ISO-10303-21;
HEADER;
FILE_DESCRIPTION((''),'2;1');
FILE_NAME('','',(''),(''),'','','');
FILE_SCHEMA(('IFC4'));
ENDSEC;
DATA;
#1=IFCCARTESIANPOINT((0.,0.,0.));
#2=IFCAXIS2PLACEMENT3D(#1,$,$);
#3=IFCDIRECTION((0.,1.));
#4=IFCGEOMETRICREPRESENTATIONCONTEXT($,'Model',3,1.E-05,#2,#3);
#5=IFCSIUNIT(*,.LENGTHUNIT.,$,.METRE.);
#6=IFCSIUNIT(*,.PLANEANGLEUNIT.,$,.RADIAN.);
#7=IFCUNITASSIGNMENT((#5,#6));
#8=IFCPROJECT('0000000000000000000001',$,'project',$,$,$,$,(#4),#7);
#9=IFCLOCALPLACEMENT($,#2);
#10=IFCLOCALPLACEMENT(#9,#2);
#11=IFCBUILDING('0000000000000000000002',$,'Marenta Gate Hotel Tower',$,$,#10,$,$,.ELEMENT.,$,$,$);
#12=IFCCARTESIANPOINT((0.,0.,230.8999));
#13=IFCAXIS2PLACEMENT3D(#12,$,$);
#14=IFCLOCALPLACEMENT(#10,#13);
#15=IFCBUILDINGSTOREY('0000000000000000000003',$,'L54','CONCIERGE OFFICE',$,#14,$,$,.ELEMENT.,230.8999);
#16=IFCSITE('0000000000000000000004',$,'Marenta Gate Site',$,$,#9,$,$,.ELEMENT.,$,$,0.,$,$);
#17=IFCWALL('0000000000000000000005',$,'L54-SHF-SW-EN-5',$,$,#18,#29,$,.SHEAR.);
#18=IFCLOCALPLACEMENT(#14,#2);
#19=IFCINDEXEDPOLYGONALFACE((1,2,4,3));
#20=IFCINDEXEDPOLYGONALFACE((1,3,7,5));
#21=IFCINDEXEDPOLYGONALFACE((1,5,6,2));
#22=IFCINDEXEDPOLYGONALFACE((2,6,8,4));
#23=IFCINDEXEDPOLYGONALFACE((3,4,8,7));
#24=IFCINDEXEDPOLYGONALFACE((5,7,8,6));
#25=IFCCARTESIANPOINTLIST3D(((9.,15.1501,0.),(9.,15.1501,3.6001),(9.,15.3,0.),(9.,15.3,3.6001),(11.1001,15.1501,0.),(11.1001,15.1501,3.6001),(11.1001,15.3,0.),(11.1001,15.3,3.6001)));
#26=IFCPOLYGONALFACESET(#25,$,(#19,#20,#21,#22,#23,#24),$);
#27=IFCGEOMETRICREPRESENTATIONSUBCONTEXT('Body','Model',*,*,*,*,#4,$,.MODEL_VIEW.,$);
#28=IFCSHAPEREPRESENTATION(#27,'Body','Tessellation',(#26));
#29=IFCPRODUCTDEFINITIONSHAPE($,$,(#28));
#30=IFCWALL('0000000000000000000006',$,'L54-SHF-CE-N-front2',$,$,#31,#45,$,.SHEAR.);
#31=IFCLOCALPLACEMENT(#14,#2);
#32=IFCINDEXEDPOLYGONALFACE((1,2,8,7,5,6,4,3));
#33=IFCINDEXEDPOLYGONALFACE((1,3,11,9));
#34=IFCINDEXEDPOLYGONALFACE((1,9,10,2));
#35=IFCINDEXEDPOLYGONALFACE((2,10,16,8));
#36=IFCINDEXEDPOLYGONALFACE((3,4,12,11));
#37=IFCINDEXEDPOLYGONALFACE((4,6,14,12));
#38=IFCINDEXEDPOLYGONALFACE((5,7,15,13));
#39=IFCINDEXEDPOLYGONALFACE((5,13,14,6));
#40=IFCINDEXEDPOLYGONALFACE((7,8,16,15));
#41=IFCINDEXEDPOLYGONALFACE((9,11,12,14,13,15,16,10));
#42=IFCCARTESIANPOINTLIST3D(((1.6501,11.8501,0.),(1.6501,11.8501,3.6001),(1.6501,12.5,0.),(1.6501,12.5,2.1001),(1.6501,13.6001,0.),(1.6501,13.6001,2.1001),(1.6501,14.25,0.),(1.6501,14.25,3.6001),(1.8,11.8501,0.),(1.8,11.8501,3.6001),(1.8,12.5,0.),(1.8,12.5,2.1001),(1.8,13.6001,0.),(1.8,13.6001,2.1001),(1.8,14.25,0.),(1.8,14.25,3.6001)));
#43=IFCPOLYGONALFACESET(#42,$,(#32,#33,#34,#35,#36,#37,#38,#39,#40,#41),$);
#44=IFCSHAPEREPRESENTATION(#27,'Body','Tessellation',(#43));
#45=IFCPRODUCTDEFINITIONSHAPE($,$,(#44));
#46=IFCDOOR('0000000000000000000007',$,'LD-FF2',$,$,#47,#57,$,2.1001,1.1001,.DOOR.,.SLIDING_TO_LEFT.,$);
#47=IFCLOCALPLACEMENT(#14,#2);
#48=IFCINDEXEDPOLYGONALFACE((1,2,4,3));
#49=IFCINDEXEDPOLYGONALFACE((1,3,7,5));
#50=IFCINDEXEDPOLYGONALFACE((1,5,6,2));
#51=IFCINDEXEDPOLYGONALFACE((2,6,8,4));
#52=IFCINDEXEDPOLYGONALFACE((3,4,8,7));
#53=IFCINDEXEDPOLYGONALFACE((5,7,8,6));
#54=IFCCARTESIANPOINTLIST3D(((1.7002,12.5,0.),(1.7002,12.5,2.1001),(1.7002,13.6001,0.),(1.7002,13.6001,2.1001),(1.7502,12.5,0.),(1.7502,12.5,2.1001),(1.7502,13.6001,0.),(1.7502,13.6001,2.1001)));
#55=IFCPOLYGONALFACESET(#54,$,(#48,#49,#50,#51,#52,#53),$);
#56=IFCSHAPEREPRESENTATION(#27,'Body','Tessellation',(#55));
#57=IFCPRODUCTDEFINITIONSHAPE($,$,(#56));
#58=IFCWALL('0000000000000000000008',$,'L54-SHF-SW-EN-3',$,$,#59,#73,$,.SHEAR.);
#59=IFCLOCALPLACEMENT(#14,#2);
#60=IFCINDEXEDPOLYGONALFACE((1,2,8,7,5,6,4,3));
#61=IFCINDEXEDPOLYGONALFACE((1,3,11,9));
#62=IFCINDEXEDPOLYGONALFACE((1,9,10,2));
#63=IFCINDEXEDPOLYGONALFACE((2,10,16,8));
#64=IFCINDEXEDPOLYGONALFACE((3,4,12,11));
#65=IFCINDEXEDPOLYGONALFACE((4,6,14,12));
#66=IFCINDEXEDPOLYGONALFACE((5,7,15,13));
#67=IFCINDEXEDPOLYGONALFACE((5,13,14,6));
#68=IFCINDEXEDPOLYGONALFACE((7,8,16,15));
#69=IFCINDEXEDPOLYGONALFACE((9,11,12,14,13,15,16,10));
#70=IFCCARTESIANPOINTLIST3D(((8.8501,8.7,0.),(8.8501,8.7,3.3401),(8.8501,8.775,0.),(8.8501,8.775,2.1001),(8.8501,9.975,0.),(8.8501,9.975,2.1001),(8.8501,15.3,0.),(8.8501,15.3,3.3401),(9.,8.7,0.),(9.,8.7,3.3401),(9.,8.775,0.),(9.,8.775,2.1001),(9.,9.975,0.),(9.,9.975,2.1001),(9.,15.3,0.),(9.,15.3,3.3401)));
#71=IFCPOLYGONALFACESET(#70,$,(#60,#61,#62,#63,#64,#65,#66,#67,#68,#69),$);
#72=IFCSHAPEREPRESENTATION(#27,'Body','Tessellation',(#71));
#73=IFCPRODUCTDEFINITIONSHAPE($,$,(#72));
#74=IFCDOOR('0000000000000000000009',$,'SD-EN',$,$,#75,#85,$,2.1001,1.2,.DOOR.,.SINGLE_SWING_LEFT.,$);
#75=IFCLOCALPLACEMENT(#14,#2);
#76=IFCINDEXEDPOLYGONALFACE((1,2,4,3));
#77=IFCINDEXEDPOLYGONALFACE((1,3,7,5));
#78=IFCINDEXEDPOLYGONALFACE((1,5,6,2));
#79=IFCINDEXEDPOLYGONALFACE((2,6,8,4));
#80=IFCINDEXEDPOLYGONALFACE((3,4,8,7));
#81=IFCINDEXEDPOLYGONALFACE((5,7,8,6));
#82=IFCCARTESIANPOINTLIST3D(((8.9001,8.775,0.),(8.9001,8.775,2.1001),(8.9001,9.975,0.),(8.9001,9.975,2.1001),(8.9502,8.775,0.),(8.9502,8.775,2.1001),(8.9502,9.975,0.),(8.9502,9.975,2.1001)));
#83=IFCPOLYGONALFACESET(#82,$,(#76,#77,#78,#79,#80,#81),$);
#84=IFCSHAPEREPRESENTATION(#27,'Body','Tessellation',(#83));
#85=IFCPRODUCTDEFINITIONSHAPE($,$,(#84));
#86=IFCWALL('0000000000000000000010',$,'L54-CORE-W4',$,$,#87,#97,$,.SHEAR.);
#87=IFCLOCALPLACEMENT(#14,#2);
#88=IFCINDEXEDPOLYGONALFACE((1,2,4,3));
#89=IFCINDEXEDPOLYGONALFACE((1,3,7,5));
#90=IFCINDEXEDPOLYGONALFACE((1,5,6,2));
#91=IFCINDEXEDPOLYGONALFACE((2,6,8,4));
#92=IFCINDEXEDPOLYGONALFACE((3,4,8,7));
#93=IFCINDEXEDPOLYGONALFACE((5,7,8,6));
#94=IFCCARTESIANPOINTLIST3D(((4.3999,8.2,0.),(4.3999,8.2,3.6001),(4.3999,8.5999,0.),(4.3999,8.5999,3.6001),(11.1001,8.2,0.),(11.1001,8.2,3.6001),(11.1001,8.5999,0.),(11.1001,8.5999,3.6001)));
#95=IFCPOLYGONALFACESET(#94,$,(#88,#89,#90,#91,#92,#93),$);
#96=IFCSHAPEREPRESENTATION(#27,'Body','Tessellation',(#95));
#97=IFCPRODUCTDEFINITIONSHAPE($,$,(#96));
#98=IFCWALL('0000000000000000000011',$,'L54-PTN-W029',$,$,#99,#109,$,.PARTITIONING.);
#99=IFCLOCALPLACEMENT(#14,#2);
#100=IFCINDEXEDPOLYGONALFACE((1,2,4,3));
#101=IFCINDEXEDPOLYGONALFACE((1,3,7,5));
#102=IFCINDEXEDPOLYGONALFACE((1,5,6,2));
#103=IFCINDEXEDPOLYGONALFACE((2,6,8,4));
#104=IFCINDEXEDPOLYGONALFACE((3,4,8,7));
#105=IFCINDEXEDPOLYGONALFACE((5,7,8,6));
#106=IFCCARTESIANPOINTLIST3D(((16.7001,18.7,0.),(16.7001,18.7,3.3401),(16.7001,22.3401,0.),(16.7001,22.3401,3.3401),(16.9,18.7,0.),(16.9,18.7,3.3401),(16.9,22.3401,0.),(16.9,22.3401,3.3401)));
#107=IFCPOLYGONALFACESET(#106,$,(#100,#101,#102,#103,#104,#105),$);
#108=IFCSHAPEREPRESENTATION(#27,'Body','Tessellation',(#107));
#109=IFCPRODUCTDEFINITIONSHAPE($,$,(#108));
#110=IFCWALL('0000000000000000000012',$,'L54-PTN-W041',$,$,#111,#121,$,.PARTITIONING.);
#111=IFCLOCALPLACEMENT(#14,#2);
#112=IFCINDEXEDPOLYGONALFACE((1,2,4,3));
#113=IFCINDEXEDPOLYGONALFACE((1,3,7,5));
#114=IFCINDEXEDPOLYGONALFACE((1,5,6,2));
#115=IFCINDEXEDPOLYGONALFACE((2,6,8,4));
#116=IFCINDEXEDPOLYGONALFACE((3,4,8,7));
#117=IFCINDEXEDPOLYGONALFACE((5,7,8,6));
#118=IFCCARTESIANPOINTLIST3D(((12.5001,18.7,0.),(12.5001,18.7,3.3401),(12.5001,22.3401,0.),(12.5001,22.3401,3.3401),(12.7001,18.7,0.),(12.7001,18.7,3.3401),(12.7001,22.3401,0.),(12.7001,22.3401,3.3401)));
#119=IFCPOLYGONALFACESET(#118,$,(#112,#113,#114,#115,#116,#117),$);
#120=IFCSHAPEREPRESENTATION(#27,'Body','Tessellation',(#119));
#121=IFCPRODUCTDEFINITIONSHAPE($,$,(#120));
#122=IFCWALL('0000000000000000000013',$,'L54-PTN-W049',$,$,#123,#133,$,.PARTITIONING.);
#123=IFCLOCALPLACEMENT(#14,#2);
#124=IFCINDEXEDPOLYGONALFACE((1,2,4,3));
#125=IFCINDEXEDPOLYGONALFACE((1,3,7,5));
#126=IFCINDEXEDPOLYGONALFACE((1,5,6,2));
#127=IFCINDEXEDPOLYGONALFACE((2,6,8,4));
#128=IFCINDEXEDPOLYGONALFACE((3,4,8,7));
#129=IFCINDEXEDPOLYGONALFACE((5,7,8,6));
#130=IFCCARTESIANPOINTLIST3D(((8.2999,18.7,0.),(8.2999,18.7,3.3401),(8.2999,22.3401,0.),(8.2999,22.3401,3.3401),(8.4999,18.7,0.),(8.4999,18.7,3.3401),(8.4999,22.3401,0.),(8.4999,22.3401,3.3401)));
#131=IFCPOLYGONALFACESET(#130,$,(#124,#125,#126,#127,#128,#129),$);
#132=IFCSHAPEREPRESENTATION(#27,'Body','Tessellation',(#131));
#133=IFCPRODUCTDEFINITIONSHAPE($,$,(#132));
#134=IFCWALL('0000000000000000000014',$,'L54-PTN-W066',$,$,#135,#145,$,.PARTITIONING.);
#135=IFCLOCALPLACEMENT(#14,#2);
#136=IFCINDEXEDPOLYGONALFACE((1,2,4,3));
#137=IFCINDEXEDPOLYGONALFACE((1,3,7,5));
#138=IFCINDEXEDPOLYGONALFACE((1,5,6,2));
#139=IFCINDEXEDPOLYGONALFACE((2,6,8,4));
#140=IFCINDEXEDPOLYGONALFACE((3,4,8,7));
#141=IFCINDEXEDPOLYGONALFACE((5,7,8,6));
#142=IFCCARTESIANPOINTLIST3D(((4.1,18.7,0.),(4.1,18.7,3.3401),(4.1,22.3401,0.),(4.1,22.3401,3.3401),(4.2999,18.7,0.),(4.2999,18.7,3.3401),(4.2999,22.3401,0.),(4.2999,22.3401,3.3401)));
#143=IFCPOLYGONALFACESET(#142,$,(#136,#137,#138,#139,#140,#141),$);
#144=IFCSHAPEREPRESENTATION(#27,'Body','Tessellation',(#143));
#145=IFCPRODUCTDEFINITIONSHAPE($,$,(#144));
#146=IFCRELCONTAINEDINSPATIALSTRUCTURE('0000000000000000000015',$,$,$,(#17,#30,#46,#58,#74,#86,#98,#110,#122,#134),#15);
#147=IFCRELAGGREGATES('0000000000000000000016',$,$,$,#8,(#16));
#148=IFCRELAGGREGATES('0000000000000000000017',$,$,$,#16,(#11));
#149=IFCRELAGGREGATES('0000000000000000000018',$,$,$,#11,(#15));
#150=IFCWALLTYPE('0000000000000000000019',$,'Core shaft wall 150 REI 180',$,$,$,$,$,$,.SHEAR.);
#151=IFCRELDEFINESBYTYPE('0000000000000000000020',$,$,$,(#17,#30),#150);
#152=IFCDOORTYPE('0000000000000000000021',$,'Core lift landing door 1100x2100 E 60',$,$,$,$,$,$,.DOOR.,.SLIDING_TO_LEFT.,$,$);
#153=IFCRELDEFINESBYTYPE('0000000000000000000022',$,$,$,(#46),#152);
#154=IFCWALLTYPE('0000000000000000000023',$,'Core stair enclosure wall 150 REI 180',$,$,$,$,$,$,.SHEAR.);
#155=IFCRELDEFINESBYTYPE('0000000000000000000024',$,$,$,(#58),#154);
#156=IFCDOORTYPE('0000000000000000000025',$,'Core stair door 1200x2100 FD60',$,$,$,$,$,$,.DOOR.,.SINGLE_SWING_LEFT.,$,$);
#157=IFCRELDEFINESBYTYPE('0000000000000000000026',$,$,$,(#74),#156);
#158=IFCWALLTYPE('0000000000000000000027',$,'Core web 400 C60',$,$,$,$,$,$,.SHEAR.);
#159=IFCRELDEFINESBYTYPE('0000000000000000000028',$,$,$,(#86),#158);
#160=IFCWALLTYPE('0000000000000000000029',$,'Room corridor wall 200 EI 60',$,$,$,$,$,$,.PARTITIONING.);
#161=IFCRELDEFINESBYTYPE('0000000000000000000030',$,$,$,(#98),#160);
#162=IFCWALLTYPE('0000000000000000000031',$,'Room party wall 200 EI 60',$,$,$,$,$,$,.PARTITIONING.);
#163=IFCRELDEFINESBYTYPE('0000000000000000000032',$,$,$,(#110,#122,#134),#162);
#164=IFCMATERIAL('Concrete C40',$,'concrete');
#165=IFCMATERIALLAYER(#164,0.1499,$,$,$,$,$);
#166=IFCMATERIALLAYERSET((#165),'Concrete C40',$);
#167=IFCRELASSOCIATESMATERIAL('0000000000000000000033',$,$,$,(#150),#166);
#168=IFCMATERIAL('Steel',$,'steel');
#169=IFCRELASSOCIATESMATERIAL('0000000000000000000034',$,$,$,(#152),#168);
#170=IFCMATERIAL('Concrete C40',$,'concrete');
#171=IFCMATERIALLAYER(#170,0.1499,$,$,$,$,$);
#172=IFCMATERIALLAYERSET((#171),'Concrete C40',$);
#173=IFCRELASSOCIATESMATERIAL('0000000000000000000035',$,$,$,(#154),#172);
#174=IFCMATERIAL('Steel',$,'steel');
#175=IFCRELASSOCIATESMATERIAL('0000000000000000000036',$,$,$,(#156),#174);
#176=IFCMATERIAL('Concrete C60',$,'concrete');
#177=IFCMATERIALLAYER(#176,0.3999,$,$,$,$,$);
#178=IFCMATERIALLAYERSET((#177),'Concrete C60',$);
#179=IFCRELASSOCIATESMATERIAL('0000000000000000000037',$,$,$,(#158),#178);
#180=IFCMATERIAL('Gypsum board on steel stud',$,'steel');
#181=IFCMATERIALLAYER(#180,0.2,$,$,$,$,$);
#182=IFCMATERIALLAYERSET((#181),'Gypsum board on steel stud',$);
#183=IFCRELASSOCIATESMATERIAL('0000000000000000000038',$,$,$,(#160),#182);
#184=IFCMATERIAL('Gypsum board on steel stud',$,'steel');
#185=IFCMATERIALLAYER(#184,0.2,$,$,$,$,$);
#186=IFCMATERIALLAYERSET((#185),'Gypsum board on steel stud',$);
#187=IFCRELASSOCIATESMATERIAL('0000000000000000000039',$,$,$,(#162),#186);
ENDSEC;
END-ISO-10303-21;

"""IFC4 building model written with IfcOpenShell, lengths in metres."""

from ifc_helpers import new_model, si_unit, direction, frame, frame_2d, origin, place, context, subcontext, project, spatial, rectangle, extrude, material, layer, layer_set, type_object, element, fill, save


model = new_model("IFC4")

# Units and contexts
model_context = context("Model", 3, precision=1e-05, world=origin(), true_north=direction((0.0, 1.0)))
body_context = subcontext(model_context, "Body", "Model", "MODEL_VIEW")
ifc_project = project(units=[si_unit("LENGTHUNIT", "METRE"), si_unit("PLANEANGLEUNIT", "RADIAN")], contexts=[model_context])

# Site, building, storey
site_placement = place(None, origin())
site = spatial("IfcSite", under=ifc_project, at=site_placement, Name="Marenta Gate Site", CompositionType="ELEMENT", RefElevation=0.0)
building_placement = place(site_placement, origin())
building = spatial("IfcBuilding", under=site, at=building_placement, Name="Marenta Gate Hotel Tower", CompositionType="ELEMENT")
storey_placement = place(building_placement, frame((0.0, 0.0, 230.8999)))
storey = spatial("IfcBuildingStorey", under=building, at=storey_placement, Name="L54", Description="CONCIERGE OFFICE", CompositionType="ELEMENT", Elevation=230.8999)

# Wall
ifc_material_1 = material(Name="Concrete C40", Category="concrete")
ifc_layer_1 = layer(ifc_material_1, 0.1499)
ifc_layer_set_1 = layer_set([ifc_layer_1], Name="Concrete C40")
wall_type_1 = type_object("IfcWallType", Name="Core shaft wall 150 REI 180", PredefinedType="SHEAR", material=ifc_layer_set_1)
for number, where, z_axis, x_axis, name in (
    (1, (9.0, 15.2251, 0.0), (0.0, 0.0, 1.0), (1.0, 0.0, 0.0), "L54-SHF-SW-EN-5"),
):
    element("IfcWall", number, at=place(storey_placement, frame(where, z_axis=z_axis, x_axis=x_axis)), inside=storey, type_object=wall_type_1, Name=name, PredefinedType="SHEAR", context=body_context, shape_type="SweptSolid", body=[
        extrude(rectangle(XDim=2.1001, YDim=0.1499, at=frame_2d((1.05, 0.0))), origin(), (0.0, 0.0, 1.0), 3.6001),
    ])

# Walls, openings, doors
wall_1_placement = place(storey_placement, frame((1.7251, 11.8501, 0.0), z_axis=(0.0, 0.0, 1.0), x_axis=(0.0, 1.0, 0.0)))
wall_1 = element("IfcWall", 2, at=wall_1_placement, inside=storey, type_object=wall_type_1, Name="L54-SHF-CE-N-front2", PredefinedType="SHEAR", context=body_context, shape_type="SweptSolid", body=[
    extrude(rectangle(XDim=2.3999, YDim=0.1499, at=frame_2d((1.2, 0.0))), origin(), (0.0, 0.0, 1.0), 3.6001),
])
opening_1_placement = place(wall_1_placement, frame((0.6499, 0.0, 0.0)))
opening_1 = element("IfcOpeningElement", 3, at=opening_1_placement, cuts=wall_1, PredefinedType="OPENING", context=body_context, shape_type="SweptSolid", body=[
    extrude(rectangle(XDim=1.1001, YDim=2.1001, at=frame_2d((0.55, 1.05))), frame((0.0, 0.075, 0.0), z_axis=(0.0, -1.0, 0.0), x_axis=(1.0, 0.0, 0.0)), (0.0, 0.0, 1.0), 0.1499),
])
ifc_material_2 = material(Name="Steel", Category="steel")
door_type_1 = type_object("IfcDoorType", Name="Core lift landing door 1100x2100 E 60", OperationType="SLIDING_TO_LEFT", PredefinedType="DOOR", material=ifc_material_2)
door_1_placement = place(opening_1_placement, origin())
door_1 = element("IfcDoor", 4, at=door_1_placement, inside=storey, type_object=door_type_1, Name="LD-FF2", OperationType="SLIDING_TO_LEFT", OverallHeight=2.1001, OverallWidth=1.1001, PredefinedType="DOOR", context=body_context, shape_type="SweptSolid", body=[
    extrude(rectangle(XDim=1.1001, YDim=2.1001, at=frame_2d((0.55, 1.05))), frame((0.0, 0.0249, 0.0), z_axis=(0.0, -1.0, 0.0), x_axis=(1.0, 0.0, 0.0)), (0.0, 0.0, 1.0), 0.05),
])
fill(opening_1, door_1)
ifc_material_3 = material(Name="Concrete C40", Category="concrete")
ifc_layer_2 = layer(ifc_material_3, 0.1499)
ifc_layer_set_2 = layer_set([ifc_layer_2], Name="Concrete C40")
wall_type_2 = type_object("IfcWallType", Name="Core stair enclosure wall 150 REI 180", PredefinedType="SHEAR", material=ifc_layer_set_2)
wall_2_placement = place(storey_placement, frame((8.925, 8.7, 0.0), z_axis=(0.0, 0.0, 1.0), x_axis=(0.0, 1.0, 0.0)))
wall_2 = element("IfcWall", 5, at=wall_2_placement, inside=storey, type_object=wall_type_2, Name="L54-SHF-SW-EN-3", PredefinedType="SHEAR", context=body_context, shape_type="SweptSolid", body=[
    extrude(rectangle(XDim=6.6001, YDim=0.1499, at=frame_2d((3.3, 0.0))), origin(), (0.0, 0.0, 1.0), 3.3401),
])
opening_2_placement = place(wall_2_placement, frame((0.075, 0.0, 0.0)))
opening_2 = element("IfcOpeningElement", 6, at=opening_2_placement, cuts=wall_2, PredefinedType="OPENING", context=body_context, shape_type="SweptSolid", body=[
    extrude(rectangle(XDim=1.2, YDim=2.1001, at=frame_2d((0.6001, 1.05))), frame((0.0, 0.075, 0.0), z_axis=(0.0, -1.0, 0.0), x_axis=(1.0, 0.0, 0.0)), (0.0, 0.0, 1.0), 0.1499),
])
ifc_material_4 = material(Name="Steel", Category="steel")
door_type_2 = type_object("IfcDoorType", Name="Core stair door 1200x2100 FD60", OperationType="SINGLE_SWING_LEFT", PredefinedType="DOOR", material=ifc_material_4)
door_2_placement = place(opening_2_placement, origin())
door_2 = element("IfcDoor", 7, at=door_2_placement, inside=storey, type_object=door_type_2, Name="SD-EN", OperationType="SINGLE_SWING_LEFT", OverallHeight=2.1001, OverallWidth=1.2, PredefinedType="DOOR", context=body_context, shape_type="SweptSolid", body=[
    extrude(rectangle(XDim=1.2, YDim=2.1001, at=frame_2d((0.6001, 1.05))), frame((0.0, 0.0249, 0.0), z_axis=(0.0, -1.0, 0.0), x_axis=(1.0, 0.0, 0.0)), (0.0, 0.0, 1.0), 0.05),
])
fill(opening_2, door_2)

# Walls
ifc_material_5 = material(Name="Concrete C60", Category="concrete")
ifc_layer_3 = layer(ifc_material_5, 0.3999)
ifc_layer_set_3 = layer_set([ifc_layer_3], Name="Concrete C60")
wall_type_3 = type_object("IfcWallType", Name="Core web 400 C60", PredefinedType="SHEAR", material=ifc_layer_set_3)
wall_3_placement = place(storey_placement, frame((4.3999, 8.3999, 0.0), z_axis=(0.0, 0.0, 1.0), x_axis=(1.0, 0.0, 0.0)))
element("IfcWall", 8, at=wall_3_placement, inside=storey, type_object=wall_type_3, Name="L54-CORE-W4", PredefinedType="SHEAR", context=body_context, shape_type="SweptSolid", body=[
    extrude(rectangle(XDim=6.7002, YDim=0.3999, at=frame_2d((3.3501, 0.0))), origin(), (0.0, 0.0, 1.0), 3.6001),
])
ifc_material_6 = material(Name="Gypsum board on steel stud", Category="steel")
ifc_layer_4 = layer(ifc_material_6, 0.2)
ifc_layer_set_4 = layer_set([ifc_layer_4], Name="Gypsum board on steel stud")
wall_type_4 = type_object("IfcWallType", Name="Room corridor wall 200 EI 60", PredefinedType="PARTITIONING", material=ifc_layer_set_4)
wall_4_placement = place(storey_placement, frame((16.8, 18.7, 0.0), z_axis=(0.0, 0.0, 1.0), x_axis=(0.0, 1.0, 0.0)))
element("IfcWall", 9, at=wall_4_placement, inside=storey, type_object=wall_type_4, Name="L54-PTN-W029", PredefinedType="PARTITIONING", context=body_context, shape_type="SweptSolid", body=[
    extrude(rectangle(XDim=3.6401, YDim=0.2, at=frame_2d((1.8201, 0.0))), origin(), (0.0, 0.0, 1.0), 3.3401),
])
ifc_material_7 = material(Name="Gypsum board on steel stud", Category="steel")
ifc_layer_5 = layer(ifc_material_7, 0.2)
ifc_layer_set_5 = layer_set([ifc_layer_5], Name="Gypsum board on steel stud")
wall_type_5 = type_object("IfcWallType", Name="Room party wall 200 EI 60", PredefinedType="PARTITIONING", material=ifc_layer_set_5)
for number, where, z_axis, x_axis, name in (
    (10, (12.6001, 18.7, 0.0), (0.0, 0.0, 1.0), (0.0, 1.0, 0.0), "L54-PTN-W041"),
    (11, (8.3999, 18.7, 0.0), (0.0, 0.0, 1.0), (0.0, 1.0, 0.0), "L54-PTN-W049"),
    (12, (4.2, 18.7, 0.0), (0.0, 0.0, 1.0), (0.0, 1.0, 0.0), "L54-PTN-W066"),
):
    element("IfcWall", number, at=place(storey_placement, frame(where, z_axis=z_axis, x_axis=x_axis)), inside=storey, type_object=wall_type_5, Name=name, PredefinedType="PARTITIONING", context=body_context, shape_type="SweptSolid", body=[
        extrude(rectangle(XDim=3.6401, YDim=0.2, at=frame_2d((1.8201, 0.0))), origin(), (0.0, 0.0, 1.0), 3.3401),
    ])

save(model, "model.ifc")
